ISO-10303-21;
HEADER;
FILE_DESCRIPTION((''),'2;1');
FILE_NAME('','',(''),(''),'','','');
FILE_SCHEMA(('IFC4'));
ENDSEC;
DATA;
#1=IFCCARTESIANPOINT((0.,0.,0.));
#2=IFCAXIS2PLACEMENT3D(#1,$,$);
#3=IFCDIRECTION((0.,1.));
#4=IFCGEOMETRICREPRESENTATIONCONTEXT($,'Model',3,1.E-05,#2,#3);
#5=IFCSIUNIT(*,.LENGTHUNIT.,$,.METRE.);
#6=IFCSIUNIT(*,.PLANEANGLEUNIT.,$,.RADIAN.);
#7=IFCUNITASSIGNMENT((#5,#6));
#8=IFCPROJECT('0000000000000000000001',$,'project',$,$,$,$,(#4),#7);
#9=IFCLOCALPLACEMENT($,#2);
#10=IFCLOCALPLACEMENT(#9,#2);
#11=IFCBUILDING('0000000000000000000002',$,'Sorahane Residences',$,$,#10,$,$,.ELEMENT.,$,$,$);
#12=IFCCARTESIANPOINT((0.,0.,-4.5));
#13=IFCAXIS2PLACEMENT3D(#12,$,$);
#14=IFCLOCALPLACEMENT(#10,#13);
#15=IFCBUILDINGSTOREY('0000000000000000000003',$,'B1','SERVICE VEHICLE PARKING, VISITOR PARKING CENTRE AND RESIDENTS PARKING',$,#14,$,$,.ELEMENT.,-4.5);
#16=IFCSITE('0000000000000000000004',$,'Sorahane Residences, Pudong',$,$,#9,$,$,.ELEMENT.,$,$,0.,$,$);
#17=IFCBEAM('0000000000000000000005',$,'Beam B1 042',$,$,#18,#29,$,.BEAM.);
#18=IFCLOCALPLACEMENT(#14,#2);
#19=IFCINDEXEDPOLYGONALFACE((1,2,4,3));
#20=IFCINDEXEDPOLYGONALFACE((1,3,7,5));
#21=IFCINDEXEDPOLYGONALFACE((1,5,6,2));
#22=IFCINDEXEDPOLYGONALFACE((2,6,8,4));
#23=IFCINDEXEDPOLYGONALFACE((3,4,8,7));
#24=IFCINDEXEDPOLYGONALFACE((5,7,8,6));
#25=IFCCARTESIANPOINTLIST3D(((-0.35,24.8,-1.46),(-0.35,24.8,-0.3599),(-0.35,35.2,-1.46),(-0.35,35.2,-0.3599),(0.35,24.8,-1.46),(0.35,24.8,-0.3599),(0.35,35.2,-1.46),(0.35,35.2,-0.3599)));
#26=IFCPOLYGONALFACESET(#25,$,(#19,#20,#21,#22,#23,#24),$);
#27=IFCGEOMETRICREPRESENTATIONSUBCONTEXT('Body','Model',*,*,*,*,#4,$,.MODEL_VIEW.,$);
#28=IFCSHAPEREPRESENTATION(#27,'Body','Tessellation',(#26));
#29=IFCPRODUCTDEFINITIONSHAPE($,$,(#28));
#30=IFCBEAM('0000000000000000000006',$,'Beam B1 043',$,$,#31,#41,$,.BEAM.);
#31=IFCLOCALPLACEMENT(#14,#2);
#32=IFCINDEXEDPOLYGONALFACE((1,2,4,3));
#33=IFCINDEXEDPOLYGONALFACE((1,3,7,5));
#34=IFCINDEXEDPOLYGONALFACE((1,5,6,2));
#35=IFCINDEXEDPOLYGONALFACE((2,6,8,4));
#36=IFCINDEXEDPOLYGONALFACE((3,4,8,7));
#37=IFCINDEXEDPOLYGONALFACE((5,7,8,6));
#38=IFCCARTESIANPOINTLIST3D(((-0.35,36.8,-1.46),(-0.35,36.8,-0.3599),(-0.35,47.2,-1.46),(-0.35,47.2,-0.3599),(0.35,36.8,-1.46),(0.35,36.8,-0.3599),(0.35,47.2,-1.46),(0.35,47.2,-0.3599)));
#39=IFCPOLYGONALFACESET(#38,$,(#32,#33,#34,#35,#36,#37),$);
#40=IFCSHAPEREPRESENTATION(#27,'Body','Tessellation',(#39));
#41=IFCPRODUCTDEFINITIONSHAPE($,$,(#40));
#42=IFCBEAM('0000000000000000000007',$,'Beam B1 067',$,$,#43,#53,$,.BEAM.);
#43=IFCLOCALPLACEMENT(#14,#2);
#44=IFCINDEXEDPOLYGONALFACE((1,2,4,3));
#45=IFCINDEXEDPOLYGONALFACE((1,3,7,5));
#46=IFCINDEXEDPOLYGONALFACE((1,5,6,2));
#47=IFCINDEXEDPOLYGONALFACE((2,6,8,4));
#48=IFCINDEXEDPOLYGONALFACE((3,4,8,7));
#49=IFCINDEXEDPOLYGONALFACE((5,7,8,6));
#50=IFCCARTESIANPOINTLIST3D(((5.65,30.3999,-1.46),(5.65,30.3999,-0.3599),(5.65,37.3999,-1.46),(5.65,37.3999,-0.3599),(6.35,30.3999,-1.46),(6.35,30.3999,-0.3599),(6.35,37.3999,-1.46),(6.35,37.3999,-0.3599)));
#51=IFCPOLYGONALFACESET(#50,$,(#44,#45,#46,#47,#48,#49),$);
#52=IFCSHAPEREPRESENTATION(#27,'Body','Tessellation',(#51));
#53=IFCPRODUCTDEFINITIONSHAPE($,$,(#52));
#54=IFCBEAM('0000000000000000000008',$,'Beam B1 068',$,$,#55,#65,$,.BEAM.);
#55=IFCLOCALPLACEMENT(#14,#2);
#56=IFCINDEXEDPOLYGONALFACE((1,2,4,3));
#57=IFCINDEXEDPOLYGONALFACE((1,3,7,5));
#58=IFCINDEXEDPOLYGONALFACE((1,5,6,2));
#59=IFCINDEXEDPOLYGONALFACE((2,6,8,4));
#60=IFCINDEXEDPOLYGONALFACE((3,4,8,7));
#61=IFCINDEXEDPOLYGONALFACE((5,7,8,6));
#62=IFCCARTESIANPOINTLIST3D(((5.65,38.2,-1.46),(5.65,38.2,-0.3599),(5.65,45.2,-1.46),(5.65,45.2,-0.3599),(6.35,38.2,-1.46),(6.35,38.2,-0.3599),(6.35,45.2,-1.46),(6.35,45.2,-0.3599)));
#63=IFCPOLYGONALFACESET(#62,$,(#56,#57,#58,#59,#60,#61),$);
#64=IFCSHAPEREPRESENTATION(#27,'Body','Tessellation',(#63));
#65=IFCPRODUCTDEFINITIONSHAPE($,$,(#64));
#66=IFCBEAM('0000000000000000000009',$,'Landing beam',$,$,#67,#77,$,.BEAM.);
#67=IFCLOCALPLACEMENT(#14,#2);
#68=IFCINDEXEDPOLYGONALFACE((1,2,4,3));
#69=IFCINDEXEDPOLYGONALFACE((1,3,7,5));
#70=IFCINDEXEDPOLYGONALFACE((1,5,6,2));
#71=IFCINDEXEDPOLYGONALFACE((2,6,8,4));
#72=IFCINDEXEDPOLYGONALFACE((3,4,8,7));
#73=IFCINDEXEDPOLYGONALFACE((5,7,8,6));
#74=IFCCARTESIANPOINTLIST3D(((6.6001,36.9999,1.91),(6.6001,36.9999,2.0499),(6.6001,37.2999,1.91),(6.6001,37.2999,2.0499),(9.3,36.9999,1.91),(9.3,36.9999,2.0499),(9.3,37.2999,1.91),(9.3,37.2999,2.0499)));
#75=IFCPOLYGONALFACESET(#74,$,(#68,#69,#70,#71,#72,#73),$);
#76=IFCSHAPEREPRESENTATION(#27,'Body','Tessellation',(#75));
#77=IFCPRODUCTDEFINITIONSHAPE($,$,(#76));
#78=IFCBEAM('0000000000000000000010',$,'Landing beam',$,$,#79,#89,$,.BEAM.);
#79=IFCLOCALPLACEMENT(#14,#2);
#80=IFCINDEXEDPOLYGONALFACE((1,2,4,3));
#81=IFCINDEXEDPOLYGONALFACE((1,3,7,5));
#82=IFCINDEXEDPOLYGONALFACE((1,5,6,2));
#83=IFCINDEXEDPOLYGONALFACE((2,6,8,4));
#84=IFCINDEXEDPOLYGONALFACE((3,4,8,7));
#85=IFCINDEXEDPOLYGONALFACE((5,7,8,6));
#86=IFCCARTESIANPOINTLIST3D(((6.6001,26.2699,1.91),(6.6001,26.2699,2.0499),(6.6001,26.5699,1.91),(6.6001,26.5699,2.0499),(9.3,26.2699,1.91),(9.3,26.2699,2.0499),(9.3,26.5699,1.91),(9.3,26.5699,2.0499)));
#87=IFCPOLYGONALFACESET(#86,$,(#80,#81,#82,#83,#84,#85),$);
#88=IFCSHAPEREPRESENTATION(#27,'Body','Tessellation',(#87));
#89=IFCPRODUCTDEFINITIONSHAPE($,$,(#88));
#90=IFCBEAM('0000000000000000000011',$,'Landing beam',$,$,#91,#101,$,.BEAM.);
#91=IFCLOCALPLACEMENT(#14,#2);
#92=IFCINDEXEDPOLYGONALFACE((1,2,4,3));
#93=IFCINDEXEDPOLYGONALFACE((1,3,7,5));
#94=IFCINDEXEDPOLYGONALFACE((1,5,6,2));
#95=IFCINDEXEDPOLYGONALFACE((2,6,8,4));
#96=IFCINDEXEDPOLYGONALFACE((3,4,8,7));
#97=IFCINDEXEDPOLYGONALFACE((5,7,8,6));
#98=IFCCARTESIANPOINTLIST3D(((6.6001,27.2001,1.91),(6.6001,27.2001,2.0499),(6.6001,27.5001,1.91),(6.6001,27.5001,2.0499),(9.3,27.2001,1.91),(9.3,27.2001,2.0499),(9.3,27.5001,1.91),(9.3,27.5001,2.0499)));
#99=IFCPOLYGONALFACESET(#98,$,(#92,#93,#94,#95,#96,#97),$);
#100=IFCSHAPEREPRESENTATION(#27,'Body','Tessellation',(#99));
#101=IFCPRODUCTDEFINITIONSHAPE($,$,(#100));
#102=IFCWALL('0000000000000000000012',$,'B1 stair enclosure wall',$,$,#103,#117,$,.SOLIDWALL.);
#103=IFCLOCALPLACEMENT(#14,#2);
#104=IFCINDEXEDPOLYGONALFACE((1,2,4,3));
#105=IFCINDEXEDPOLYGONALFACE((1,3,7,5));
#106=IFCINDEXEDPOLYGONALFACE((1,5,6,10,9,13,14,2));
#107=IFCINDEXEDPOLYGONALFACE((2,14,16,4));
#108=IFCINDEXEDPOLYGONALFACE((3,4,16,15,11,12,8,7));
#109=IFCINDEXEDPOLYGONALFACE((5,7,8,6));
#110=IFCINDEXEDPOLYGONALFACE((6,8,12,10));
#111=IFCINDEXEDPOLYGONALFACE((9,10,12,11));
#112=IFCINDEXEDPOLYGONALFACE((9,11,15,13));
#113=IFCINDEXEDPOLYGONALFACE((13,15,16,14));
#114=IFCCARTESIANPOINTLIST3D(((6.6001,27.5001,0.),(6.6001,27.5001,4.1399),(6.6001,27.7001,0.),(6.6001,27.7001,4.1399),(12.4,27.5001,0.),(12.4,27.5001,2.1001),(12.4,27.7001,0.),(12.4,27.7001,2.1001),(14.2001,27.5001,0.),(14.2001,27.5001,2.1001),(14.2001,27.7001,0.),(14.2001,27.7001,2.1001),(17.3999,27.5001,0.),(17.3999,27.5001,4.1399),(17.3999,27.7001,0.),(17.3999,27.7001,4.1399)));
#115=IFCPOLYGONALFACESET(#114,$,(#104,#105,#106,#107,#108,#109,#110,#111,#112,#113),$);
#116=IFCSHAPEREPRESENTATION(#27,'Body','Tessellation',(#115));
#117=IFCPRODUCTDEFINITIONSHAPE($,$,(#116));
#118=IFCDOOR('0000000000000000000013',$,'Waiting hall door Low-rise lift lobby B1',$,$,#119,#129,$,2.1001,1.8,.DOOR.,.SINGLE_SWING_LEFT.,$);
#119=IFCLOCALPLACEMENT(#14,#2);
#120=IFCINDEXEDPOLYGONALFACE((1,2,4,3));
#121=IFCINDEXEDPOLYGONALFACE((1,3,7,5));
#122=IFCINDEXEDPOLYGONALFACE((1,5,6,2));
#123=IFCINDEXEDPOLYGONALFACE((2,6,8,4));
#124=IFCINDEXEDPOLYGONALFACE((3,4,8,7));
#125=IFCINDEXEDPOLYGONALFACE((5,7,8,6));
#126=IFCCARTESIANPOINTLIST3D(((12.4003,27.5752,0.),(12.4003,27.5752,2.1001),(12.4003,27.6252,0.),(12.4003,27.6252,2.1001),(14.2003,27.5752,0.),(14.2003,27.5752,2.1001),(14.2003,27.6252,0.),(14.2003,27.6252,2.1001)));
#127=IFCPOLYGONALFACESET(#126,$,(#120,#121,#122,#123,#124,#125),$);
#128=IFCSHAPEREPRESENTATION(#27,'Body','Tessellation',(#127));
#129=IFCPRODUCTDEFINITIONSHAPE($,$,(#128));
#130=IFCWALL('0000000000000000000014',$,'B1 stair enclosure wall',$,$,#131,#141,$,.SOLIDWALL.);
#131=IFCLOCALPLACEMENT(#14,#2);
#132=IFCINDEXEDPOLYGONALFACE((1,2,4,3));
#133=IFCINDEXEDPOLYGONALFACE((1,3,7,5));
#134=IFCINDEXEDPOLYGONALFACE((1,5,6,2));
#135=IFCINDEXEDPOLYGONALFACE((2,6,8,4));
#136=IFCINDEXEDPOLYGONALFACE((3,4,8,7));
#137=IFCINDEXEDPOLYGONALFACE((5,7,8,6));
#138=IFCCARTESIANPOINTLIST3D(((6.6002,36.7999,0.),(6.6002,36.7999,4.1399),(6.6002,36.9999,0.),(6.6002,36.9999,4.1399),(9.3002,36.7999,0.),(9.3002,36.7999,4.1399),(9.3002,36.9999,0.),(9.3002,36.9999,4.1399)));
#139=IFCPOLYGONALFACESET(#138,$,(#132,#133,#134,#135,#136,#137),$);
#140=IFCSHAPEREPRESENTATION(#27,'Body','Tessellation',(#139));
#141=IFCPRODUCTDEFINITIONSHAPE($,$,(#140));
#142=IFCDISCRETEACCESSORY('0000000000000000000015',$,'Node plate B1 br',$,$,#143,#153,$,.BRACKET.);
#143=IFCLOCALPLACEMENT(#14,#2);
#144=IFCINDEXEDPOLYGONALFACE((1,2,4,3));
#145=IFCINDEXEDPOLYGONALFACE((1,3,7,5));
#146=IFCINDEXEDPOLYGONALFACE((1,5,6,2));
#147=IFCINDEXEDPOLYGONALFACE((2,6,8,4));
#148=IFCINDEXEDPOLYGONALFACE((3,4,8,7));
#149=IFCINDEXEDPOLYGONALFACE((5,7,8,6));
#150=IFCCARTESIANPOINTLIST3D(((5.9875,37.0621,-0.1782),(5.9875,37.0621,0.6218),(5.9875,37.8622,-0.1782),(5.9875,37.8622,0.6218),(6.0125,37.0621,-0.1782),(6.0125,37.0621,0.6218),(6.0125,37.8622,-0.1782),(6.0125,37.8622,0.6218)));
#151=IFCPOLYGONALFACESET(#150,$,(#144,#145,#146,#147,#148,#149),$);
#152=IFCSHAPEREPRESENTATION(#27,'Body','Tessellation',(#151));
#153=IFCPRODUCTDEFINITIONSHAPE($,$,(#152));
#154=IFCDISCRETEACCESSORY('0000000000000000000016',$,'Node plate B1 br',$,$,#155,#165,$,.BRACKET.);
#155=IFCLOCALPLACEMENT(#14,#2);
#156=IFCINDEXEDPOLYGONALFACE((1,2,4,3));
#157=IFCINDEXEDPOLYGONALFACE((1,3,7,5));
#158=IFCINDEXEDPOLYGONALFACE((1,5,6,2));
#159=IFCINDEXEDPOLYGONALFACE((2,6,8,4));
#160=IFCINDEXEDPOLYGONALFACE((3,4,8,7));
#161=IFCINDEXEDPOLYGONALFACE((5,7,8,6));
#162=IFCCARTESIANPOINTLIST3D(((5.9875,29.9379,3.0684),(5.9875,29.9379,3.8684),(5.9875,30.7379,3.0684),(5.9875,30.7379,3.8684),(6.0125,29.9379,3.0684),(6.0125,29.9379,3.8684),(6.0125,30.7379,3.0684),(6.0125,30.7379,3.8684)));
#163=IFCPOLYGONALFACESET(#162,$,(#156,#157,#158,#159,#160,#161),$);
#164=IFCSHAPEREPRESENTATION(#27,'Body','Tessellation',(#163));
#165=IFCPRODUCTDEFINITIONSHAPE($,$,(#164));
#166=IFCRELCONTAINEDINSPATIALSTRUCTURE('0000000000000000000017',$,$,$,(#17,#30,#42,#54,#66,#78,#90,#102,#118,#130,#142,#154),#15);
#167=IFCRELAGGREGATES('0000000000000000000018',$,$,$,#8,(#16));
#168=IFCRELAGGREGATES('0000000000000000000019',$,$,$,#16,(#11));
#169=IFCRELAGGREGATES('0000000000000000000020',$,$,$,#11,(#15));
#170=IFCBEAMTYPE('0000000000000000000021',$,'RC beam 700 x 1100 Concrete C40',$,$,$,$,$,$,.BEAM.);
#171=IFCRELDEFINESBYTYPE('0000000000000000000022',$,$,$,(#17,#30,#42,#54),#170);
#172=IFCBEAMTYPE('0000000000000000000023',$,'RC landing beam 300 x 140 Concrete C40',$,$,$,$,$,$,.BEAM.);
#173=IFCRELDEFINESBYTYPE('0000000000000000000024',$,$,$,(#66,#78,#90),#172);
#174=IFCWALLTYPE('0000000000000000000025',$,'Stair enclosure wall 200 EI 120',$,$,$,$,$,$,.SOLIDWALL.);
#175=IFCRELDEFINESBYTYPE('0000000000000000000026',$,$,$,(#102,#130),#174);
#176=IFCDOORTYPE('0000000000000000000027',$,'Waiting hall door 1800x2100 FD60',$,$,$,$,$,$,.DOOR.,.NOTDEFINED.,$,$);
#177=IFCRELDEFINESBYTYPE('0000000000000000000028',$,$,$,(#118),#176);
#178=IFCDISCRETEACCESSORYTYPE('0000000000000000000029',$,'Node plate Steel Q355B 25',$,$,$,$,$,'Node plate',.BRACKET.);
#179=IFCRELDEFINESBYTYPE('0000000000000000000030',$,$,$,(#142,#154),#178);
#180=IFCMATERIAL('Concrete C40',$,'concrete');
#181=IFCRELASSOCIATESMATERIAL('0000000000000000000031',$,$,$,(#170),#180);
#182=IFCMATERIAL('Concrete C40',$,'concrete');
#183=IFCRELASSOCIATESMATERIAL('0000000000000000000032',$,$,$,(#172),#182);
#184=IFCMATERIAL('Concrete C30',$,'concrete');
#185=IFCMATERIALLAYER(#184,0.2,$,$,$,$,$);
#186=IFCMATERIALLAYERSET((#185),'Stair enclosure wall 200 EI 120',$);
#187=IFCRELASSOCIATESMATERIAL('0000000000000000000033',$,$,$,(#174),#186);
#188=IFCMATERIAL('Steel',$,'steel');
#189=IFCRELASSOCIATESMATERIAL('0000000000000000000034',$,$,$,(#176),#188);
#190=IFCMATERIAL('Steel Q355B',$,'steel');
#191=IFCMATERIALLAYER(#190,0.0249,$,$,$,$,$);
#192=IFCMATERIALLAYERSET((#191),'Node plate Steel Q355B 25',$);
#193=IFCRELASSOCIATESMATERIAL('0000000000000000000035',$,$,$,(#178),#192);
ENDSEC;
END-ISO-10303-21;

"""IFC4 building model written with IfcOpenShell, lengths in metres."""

from ifc_helpers import new_model, si_unit, direction, frame, frame_2d, origin, origin_2d, place, context, subcontext, project, spatial, rectangle, extrude, material, layer, layer_set, material_profile, profile_set, type_object, element, fill, save


model = new_model("IFC4")

# Units and contexts
model_context = context("Model", 3, precision=1e-05, world=origin(), true_north=direction((0.0, 1.0)))
body_context = subcontext(model_context, "Body", "Model", "MODEL_VIEW")
ifc_project = project(units=[si_unit("LENGTHUNIT", "METRE"), si_unit("PLANEANGLEUNIT", "RADIAN")], contexts=[model_context])

# Site, building, storey
site_placement = place(None, origin())
site = spatial("IfcSite", under=ifc_project, at=site_placement, Name="Sorahane Residences, Pudong", CompositionType="ELEMENT", RefElevation=0.0)
building_placement = place(site_placement, origin())
building = spatial("IfcBuilding", under=site, at=building_placement, Name="Sorahane Residences", CompositionType="ELEMENT")
storey_placement = place(building_placement, frame((0.0, 0.0, -4.5)))
storey = spatial("IfcBuildingStorey", under=building, at=storey_placement, Name="B1", Description="SERVICE VEHICLE PARKING, VISITOR PARKING CENTRE AND RESIDENTS PARKING", CompositionType="ELEMENT", Elevation=-4.5)

# Beams
ifc_material_1 = material(Name="Concrete C40", Category="concrete")
ifc_material_profile_1 = material_profile(ifc_material_1, rectangle(XDim=0.7, YDim=1.1001, at=origin_2d()), Name="700x1100")
ifc_profile_set_1 = profile_set([ifc_material_profile_1], Name="Concrete C40")
beam_type_1 = type_object("IfcBeamType", Name="RC beam 700 x 1100 Concrete C40", PredefinedType="BEAM", material=ifc_profile_set_1)
for number, where, z_axis, x_axis, name in (
    (1, (0.0, 24.8, -0.9099), (0.0, 1.0, 0.0), (-1.0, 0.0, 0.0), "Beam B1 042"),
    (2, (0.0, 36.8, -0.9099), (0.0, 1.0, 0.0), (-1.0, 0.0, 0.0), "Beam B1 043"),
):
    element("IfcBeam", number, at=place(storey_placement, frame(where, z_axis=z_axis, x_axis=x_axis)), inside=storey, type_object=beam_type_1, Name=name, PredefinedType="BEAM", context=body_context, shape_type="SweptSolid", body=[
        extrude(rectangle(XDim=0.7, YDim=1.1001, at=origin_2d()), origin(), (0.0, 0.0, 1.0), 10.3999),
    ])
for number, where, z_axis, x_axis, name in (
    (3, (6.0, 30.3999, -0.9099), (0.0, 1.0, 0.0), (-1.0, 0.0, 0.0), "Beam B1 067"),
    (4, (6.0, 38.2, -0.9099), (0.0, 1.0, 0.0), (-1.0, 0.0, 0.0), "Beam B1 068"),
):
    element("IfcBeam", number, at=place(storey_placement, frame(where, z_axis=z_axis, x_axis=x_axis)), inside=storey, type_object=beam_type_1, Name=name, PredefinedType="BEAM", context=body_context, shape_type="SweptSolid", body=[
        extrude(rectangle(XDim=0.7, YDim=1.1001, at=origin_2d()), origin(), (0.0, 0.0, 1.0), 7.0),
    ])
ifc_material_2 = material(Name="Concrete C40", Category="concrete")
ifc_material_profile_2 = material_profile(ifc_material_2, rectangle(XDim=0.3, YDim=0.1399, at=origin_2d()), Name="300x140")
ifc_profile_set_2 = profile_set([ifc_material_profile_2], Name="Concrete C40")
beam_type_2 = type_object("IfcBeamType", Name="RC landing beam 300 x 140 Concrete C40", PredefinedType="BEAM", material=ifc_profile_set_2)
for number, where, z_axis, x_axis, name in (
    (5, (6.6001, 37.1499, 1.98), (1.0, 0.0, 0.0), (0.0, 1.0, 0.0), "Landing beam"),
    (6, (6.6001, 26.4199, 1.98), (1.0, 0.0, 0.0), (0.0, 1.0, 0.0), "Landing beam"),
    (7, (6.6001, 27.3501, 1.98), (1.0, 0.0, 0.0), (0.0, 1.0, 0.0), "Landing beam"),
):
    element("IfcBeam", number, at=place(storey_placement, frame(where, z_axis=z_axis, x_axis=x_axis)), inside=storey, type_object=beam_type_2, Name=name, PredefinedType="BEAM", context=body_context, shape_type="SweptSolid", body=[
        extrude(rectangle(XDim=0.3, YDim=0.1399, at=origin_2d()), origin(), (0.0, 0.0, 1.0), 2.7),
    ])

# Wall, opening, door
ifc_material_3 = material(Name="Concrete C30", Category="concrete")
ifc_layer_1 = layer(ifc_material_3, 0.2)
ifc_layer_set_1 = layer_set([ifc_layer_1], Name="Stair enclosure wall 200 EI 120")
wall_type = type_object("IfcWallType", Name="Stair enclosure wall 200 EI 120", PredefinedType="SOLIDWALL", material=ifc_layer_set_1)
wall_1_placement = place(storey_placement, frame((6.6001, 27.6001, 0.0), z_axis=(0.0, 0.0, 1.0), x_axis=(1.0, 0.0, 0.0)))
wall_1 = element("IfcWall", 8, at=wall_1_placement, inside=storey, type_object=wall_type, Name="B1 stair enclosure wall", PredefinedType="SOLIDWALL", context=body_context, shape_type="SweptSolid", body=[
    extrude(rectangle(XDim=10.7998, YDim=0.2, at=frame_2d((5.3999, 0.0))), origin(), (0.0, 0.0, 1.0), 4.1399),
])
opening_placement = place(wall_1_placement, frame((5.8, 0.0, 0.0)))
opening = element("IfcOpeningElement", 9, at=opening_placement, cuts=wall_1, PredefinedType="OPENING", context=body_context, shape_type="SweptSolid", body=[
    extrude(rectangle(XDim=1.8, YDim=2.1001, at=frame_2d((0.8999, 1.05))), frame((0.0, 0.1099, 0.0), z_axis=(0.0, -1.0, 0.0), x_axis=(1.0, 0.0, 0.0)), (0.0, 0.0, 1.0), 0.22),
])
ifc_material_4 = material(Name="Steel", Category="steel")
door_type = type_object("IfcDoorType", Name="Waiting hall door 1800x2100 FD60", OperationType="NOTDEFINED", PredefinedType="DOOR", material=ifc_material_4)
door_placement = place(opening_placement, frame((1.8, 0.0, 0.0), z_axis=(0.0, 0.0, 1.0), x_axis=(-1.0, 0.0, 0.0)))
door = element("IfcDoor", 10, at=door_placement, inside=storey, type_object=door_type, Name="Waiting hall door Low-rise lift lobby B1", OperationType="SINGLE_SWING_LEFT", OverallHeight=2.1001, OverallWidth=1.8, PredefinedType="DOOR", context=body_context, shape_type="SweptSolid", body=[
    extrude(rectangle(XDim=1.8, YDim=2.1001, at=frame_2d((0.8999, 1.05))), frame((0.0, 0.0249, 0.0), z_axis=(0.0, -1.0, 0.0), x_axis=(1.0, 0.0, 0.0)), (0.0, 0.0, 1.0), 0.05),
])
fill(opening, door)

# Wall
wall_2_placement = place(storey_placement, frame((6.6001, 36.8999, 0.0), z_axis=(0.0, 0.0, 1.0), x_axis=(1.0, 0.0, 0.0)))
element("IfcWall", 11, at=wall_2_placement, inside=storey, type_object=wall_type, Name="B1 stair enclosure wall", PredefinedType="SOLIDWALL", context=body_context, shape_type="SweptSolid", body=[
    extrude(rectangle(XDim=2.7, YDim=0.2, at=frame_2d((1.3501, 0.0))), origin(), (0.0, 0.0, 1.0), 4.1399),
])

# Discrete accessories
ifc_material_5 = material(Name="Steel Q355B", Category="steel")
ifc_layer_2 = layer(ifc_material_5, 0.0249)
ifc_layer_set_2 = layer_set([ifc_layer_2], Name="Node plate Steel Q355B 25")
discrete_accessory_type = type_object("IfcDiscreteAccessoryType", Name="Node plate Steel Q355B 25", ElementType="Node plate", PredefinedType="BRACKET", material=ifc_layer_set_2)
for number, where, z_axis, x_axis, name in (
    (12, (6.0, 37.4622, -0.1782), (0.0, 0.0, 1.0), (0.0, 1.0, 0.0), "Node plate B1 br"),
    (13, (6.0, 30.3379, 3.0684), (0.0, 0.0, 1.0), (0.0, 1.0, 0.0), "Node plate B1 br"),
):
    element("IfcDiscreteAccessory", number, at=place(storey_placement, frame(where, z_axis=z_axis, x_axis=x_axis)), inside=storey, type_object=discrete_accessory_type, Name=name, PredefinedType="BRACKET", context=body_context, shape_type="SweptSolid", body=[
        extrude(rectangle(XDim=0.8, YDim=0.0249, at=origin_2d()), origin(), (0.0, 0.0, 1.0), 0.8),
    ])

save(model, "model.ifc")
